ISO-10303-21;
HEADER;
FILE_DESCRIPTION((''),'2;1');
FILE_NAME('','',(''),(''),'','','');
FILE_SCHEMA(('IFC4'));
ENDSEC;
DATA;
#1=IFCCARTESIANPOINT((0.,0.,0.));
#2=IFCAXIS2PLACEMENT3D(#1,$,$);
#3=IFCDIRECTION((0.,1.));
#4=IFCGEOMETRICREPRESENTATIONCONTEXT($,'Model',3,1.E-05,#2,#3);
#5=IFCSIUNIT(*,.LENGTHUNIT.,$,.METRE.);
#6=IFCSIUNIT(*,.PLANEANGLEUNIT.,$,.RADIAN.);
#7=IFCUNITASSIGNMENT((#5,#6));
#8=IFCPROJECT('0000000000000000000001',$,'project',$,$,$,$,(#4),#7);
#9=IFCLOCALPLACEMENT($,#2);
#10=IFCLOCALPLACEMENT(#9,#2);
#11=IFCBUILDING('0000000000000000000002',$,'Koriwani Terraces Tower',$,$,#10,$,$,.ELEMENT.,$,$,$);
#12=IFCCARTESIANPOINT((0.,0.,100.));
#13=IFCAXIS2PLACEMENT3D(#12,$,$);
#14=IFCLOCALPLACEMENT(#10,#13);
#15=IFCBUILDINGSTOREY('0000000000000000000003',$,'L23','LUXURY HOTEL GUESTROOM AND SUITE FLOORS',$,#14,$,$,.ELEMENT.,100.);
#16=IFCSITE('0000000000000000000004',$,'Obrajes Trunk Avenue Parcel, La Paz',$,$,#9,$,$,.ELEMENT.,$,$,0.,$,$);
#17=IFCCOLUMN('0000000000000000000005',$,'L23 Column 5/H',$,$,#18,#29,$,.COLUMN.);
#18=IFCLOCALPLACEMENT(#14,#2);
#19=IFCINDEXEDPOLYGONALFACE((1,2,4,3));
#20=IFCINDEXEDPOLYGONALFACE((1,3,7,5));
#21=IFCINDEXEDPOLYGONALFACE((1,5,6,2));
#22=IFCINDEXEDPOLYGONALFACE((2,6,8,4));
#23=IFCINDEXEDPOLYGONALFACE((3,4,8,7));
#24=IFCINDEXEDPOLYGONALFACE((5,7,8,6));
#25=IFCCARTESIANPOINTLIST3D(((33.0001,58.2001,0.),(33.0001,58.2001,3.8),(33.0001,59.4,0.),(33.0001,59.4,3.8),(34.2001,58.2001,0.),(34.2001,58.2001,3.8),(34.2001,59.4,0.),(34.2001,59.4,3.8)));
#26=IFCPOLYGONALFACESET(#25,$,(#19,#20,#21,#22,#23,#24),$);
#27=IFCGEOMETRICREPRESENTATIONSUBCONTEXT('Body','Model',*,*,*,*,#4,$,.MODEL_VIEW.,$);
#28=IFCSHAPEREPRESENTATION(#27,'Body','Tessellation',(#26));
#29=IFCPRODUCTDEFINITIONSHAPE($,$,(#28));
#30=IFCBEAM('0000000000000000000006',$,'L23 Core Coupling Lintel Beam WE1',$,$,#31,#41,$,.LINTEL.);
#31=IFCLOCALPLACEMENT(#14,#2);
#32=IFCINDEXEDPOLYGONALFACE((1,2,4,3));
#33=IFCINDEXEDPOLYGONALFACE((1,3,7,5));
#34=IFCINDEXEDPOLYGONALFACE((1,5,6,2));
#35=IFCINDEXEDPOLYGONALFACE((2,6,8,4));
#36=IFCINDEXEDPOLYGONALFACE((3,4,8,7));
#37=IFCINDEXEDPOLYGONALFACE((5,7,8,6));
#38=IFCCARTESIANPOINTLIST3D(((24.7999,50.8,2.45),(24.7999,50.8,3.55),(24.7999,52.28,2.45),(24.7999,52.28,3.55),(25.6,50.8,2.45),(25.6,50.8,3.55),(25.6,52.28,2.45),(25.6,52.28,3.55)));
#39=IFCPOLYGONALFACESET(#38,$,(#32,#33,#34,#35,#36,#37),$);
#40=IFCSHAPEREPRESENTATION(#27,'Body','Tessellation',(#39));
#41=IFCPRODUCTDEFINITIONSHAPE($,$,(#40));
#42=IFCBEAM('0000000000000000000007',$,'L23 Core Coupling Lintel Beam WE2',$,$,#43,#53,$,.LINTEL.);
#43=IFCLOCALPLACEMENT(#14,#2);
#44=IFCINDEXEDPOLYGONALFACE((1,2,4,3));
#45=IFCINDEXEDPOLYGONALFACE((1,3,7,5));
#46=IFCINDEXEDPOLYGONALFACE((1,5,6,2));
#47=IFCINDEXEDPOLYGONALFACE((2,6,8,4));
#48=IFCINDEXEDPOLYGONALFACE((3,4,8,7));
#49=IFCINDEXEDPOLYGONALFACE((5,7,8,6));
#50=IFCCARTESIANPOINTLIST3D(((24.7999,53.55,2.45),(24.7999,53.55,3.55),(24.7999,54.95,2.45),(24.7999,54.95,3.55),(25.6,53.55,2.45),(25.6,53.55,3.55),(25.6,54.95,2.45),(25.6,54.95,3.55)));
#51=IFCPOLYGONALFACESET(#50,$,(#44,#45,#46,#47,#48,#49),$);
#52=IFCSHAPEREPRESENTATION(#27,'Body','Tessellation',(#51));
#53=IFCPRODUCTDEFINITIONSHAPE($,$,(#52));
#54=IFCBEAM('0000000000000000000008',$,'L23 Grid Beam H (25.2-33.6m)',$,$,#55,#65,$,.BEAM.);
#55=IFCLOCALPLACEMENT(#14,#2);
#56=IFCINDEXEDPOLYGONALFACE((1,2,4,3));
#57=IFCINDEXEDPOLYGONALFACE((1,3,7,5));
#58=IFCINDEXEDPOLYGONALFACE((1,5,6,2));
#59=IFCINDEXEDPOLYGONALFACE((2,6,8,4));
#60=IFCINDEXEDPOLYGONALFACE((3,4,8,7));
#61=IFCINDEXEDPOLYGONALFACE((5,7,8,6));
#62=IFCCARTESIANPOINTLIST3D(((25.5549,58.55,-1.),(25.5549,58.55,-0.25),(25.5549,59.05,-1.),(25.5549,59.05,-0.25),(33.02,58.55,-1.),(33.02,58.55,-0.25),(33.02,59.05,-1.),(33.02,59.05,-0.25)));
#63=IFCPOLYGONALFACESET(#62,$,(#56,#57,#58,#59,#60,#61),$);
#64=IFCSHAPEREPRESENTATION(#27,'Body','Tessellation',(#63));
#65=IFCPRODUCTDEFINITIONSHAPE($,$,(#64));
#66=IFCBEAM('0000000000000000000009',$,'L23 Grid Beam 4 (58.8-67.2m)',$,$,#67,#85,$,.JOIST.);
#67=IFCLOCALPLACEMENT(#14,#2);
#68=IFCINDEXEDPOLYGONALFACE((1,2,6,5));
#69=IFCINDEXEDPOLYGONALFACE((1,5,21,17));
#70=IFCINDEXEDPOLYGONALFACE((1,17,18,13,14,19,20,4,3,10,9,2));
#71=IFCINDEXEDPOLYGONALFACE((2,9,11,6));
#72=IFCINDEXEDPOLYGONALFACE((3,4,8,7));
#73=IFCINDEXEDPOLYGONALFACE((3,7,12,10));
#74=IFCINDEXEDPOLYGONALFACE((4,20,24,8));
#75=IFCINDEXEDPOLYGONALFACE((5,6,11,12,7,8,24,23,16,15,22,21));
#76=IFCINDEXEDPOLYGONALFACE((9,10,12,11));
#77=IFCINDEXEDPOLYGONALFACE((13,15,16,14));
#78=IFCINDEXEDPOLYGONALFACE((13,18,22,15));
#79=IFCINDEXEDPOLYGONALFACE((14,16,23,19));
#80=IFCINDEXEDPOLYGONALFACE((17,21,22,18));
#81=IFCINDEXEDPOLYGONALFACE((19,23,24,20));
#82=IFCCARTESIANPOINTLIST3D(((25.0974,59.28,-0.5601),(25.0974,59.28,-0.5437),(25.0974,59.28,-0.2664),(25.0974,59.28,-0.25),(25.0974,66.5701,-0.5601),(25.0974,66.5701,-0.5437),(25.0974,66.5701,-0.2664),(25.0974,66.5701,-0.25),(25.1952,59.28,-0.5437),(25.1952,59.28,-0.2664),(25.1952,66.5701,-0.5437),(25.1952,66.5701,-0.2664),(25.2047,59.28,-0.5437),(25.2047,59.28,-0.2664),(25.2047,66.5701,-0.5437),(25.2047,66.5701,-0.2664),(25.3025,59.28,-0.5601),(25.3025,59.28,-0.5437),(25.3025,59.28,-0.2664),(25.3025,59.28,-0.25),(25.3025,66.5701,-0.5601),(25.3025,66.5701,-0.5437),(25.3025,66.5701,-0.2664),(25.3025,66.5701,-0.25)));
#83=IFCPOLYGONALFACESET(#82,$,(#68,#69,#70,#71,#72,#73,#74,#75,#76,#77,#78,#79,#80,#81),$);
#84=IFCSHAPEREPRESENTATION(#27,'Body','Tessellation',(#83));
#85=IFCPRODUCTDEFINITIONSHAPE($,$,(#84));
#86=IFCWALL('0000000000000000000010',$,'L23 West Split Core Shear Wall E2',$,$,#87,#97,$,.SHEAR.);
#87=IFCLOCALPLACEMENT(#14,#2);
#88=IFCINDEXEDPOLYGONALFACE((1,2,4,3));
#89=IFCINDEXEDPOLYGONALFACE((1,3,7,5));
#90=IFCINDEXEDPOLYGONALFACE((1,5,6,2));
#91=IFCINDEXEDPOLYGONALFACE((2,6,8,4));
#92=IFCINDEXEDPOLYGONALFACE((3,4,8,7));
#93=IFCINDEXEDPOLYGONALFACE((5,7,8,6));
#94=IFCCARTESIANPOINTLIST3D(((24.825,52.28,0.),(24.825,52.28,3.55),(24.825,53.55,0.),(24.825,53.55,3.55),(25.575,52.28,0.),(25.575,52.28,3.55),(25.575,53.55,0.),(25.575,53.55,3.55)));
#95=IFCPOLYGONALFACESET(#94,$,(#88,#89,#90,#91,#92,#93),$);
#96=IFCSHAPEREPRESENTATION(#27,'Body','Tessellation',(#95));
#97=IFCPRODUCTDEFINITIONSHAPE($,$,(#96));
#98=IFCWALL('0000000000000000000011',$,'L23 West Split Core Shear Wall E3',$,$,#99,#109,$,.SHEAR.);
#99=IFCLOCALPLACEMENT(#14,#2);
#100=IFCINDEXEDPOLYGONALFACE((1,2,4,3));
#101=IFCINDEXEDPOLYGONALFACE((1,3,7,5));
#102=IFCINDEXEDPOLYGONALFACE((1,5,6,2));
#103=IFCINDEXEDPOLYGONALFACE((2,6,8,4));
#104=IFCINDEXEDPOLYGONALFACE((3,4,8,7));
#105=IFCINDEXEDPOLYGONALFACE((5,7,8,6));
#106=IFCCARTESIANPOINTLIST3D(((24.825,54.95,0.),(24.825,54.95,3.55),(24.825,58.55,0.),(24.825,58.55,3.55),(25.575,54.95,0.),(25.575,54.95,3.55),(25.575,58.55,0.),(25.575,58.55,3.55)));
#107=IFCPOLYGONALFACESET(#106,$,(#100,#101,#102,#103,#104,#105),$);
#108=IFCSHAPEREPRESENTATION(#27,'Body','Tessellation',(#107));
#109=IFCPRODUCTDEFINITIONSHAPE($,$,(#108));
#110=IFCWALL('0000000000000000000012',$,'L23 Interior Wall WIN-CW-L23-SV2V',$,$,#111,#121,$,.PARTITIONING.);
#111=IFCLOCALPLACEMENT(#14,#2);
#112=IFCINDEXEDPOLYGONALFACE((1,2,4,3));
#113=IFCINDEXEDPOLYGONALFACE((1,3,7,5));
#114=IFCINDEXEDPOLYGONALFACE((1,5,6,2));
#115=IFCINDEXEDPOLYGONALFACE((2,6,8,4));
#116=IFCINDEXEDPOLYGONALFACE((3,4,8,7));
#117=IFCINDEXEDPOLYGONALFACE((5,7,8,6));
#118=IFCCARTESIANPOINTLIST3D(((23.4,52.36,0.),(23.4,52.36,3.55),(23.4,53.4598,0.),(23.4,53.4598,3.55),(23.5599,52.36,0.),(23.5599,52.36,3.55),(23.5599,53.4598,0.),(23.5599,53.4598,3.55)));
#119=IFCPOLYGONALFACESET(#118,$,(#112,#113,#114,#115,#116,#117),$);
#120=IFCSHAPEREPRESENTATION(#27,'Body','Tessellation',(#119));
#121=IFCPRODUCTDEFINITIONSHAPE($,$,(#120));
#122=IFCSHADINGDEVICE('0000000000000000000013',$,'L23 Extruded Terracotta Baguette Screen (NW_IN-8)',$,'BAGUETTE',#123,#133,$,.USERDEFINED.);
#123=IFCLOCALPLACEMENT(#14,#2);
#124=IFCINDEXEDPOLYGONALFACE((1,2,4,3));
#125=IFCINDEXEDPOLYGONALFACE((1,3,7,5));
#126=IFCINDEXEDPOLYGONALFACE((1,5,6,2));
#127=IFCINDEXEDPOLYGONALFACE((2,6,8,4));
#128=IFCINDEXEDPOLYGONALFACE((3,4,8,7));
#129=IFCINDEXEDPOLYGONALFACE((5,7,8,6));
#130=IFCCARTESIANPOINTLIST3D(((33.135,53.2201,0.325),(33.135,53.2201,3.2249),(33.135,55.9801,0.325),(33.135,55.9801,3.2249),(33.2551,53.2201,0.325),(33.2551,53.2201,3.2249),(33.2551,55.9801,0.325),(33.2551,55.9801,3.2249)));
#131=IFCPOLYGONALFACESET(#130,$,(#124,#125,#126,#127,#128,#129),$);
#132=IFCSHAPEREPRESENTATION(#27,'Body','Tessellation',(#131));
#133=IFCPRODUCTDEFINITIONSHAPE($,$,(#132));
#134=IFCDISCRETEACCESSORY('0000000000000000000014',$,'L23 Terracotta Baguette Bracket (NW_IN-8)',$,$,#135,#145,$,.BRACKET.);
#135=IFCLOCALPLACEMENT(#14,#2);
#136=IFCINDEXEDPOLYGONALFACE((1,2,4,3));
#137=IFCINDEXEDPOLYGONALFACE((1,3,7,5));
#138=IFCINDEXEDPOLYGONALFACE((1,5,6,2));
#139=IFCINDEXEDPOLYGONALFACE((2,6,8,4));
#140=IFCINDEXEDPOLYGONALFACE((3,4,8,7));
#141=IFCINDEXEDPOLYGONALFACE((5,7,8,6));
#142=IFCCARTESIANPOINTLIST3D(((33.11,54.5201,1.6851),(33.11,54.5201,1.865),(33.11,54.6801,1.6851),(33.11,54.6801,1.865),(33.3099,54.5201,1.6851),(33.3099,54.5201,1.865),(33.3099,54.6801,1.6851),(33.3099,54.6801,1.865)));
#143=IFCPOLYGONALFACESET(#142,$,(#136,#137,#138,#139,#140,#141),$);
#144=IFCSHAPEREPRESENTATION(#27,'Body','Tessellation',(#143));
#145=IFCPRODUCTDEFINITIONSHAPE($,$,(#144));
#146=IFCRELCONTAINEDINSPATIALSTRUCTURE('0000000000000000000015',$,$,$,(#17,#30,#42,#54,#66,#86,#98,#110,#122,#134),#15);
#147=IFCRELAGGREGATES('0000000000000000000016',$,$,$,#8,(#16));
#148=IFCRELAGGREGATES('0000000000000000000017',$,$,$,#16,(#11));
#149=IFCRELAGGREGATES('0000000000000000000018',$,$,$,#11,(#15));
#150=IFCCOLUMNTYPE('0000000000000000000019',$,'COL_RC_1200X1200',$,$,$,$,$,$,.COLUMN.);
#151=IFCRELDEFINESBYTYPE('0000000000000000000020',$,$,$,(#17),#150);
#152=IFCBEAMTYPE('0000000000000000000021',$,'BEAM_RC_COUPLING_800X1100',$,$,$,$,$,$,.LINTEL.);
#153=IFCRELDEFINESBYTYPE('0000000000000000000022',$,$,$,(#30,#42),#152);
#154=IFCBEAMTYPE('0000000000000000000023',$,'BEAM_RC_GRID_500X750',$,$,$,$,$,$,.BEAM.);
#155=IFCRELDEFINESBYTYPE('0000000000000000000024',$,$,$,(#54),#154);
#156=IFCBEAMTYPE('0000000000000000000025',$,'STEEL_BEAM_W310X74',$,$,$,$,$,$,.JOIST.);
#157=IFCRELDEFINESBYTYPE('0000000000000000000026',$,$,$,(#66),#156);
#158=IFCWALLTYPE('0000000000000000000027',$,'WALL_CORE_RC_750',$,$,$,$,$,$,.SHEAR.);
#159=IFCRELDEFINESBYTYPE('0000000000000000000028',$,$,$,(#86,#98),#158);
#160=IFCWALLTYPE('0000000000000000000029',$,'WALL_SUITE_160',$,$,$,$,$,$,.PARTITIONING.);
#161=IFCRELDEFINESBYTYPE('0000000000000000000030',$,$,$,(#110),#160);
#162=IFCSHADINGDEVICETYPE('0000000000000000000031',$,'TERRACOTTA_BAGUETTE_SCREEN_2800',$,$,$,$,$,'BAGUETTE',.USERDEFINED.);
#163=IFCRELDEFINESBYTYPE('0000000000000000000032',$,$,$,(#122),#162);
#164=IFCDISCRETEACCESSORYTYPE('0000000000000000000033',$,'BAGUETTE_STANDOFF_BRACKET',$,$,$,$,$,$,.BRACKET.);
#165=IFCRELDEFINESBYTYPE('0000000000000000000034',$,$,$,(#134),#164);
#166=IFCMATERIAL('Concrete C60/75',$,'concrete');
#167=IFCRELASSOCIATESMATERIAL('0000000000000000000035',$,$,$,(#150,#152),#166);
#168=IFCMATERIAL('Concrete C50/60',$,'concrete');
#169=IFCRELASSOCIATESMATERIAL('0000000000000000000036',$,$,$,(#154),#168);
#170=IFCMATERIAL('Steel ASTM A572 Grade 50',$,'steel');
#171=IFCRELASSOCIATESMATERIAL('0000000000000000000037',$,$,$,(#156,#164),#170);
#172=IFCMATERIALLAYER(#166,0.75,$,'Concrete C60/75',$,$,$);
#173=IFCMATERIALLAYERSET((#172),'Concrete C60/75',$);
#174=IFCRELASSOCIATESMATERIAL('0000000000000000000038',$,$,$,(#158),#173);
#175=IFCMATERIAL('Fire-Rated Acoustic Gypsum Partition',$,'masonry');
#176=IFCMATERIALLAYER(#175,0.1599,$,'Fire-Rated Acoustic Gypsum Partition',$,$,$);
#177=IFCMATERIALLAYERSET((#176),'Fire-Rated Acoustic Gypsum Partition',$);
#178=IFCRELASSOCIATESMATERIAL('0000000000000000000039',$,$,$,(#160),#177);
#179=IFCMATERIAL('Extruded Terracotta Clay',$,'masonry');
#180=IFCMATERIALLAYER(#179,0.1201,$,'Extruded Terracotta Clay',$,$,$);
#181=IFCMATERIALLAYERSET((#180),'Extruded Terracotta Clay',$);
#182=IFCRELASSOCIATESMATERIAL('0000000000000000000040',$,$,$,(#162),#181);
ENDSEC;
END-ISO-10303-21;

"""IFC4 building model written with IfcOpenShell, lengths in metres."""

from ifc_helpers import new_model, si_unit, direction, frame, frame_2d, origin, origin_2d, place, context, subcontext, project, spatial, rectangle, i_section, extrude, material, layer, layer_set, material_profile, profile_set, type_object, element, save


model = new_model("IFC4")

# Units and contexts
model_context = context("Model", 3, precision=1e-05, world=origin(), true_north=direction((0.0, 1.0)))
body_context = subcontext(model_context, "Body", "Model", "MODEL_VIEW")
ifc_project = project(units=[si_unit("LENGTHUNIT", "METRE"), si_unit("PLANEANGLEUNIT", "RADIAN")], contexts=[model_context])

# Site, building, storey
site_placement = place(None, origin())
site = spatial("IfcSite", under=ifc_project, at=site_placement, Name="Obrajes Trunk Avenue Parcel, La Paz", CompositionType="ELEMENT", RefElevation=0.0)
building_placement = place(site_placement, origin())
building = spatial("IfcBuilding", under=site, at=building_placement, Name="Koriwani Terraces Tower", CompositionType="ELEMENT")
storey_placement = place(building_placement, frame((0.0, 0.0, 100.0)))
storey = spatial("IfcBuildingStorey", under=building, at=storey_placement, Name="L23", Description="LUXURY HOTEL GUESTROOM AND SUITE FLOORS", CompositionType="ELEMENT", Elevation=100.0)

# Column
ifc_material_1 = material(Name="Concrete C60/75", Category="concrete")
ifc_material_profile_1 = material_profile(ifc_material_1, rectangle(XDim=1.2, YDim=1.2, at=origin_2d()), Name="Concrete C60/75", Category="LoadBearing")
ifc_profile_set_1 = profile_set([ifc_material_profile_1], Name="Concrete C60/75")
column_type = type_object("IfcColumnType", Name="COL_RC_1200X1200", PredefinedType="COLUMN", material=ifc_profile_set_1)
column_placement = place(storey_placement, frame((33.6001, 58.8, 0.0), z_axis=(0.0, 0.0, 1.0), x_axis=(1.0, 0.0, 0.0)))
element("IfcColumn", 1, at=column_placement, inside=storey, type_object=column_type, Name="L23 Column 5/H", PredefinedType="COLUMN", context=body_context, shape_type="SweptSolid", body=[
    extrude(rectangle(XDim=1.2, YDim=1.2, at=origin_2d()), origin(), (0.0, 0.0, 1.0), 3.8),
])

# Beams
ifc_material_profile_2 = material_profile(ifc_material_1, rectangle(XDim=0.8, YDim=1.1001, at=origin_2d()), Name="Concrete C60/75", Category="LoadBearing")
ifc_profile_set_2 = profile_set([ifc_material_profile_2], Name="Concrete C60/75")
beam_type_1 = type_object("IfcBeamType", Name="BEAM_RC_COUPLING_800X1100", PredefinedType="LINTEL", material=ifc_profile_set_2)
beam_1_placement = place(storey_placement, frame((25.2, 50.8, 3.0), z_axis=(0.0, 1.0, 0.0), x_axis=(-1.0, 0.0, 0.0)))
element("IfcBeam", 2, at=beam_1_placement, inside=storey, type_object=beam_type_1, Name="L23 Core Coupling Lintel Beam WE1", PredefinedType="LINTEL", context=body_context, shape_type="SweptSolid", body=[
    extrude(rectangle(XDim=0.8, YDim=1.1001, at=origin_2d()), origin(), (0.0, 0.0, 1.0), 1.48),
])
beam_2_placement = place(storey_placement, frame((25.2, 53.55, 3.0), z_axis=(0.0, 1.0, 0.0), x_axis=(-1.0, 0.0, 0.0)))
element("IfcBeam", 3, at=beam_2_placement, inside=storey, type_object=beam_type_1, Name="L23 Core Coupling Lintel Beam WE2", PredefinedType="LINTEL", context=body_context, shape_type="SweptSolid", body=[
    extrude(rectangle(XDim=0.8, YDim=1.1001, at=origin_2d()), origin(), (0.0, 0.0, 1.0), 1.3999),
])
ifc_material_2 = material(Name="Concrete C50/60", Category="concrete")
ifc_material_profile_3 = material_profile(ifc_material_2, rectangle(XDim=0.5, YDim=0.75, at=origin_2d()), Name="Concrete C50/60", Category="LoadBearing")
ifc_profile_set_3 = profile_set([ifc_material_profile_3], Name="Concrete C50/60")
beam_type_2 = type_object("IfcBeamType", Name="BEAM_RC_GRID_500X750", PredefinedType="BEAM", material=ifc_profile_set_3)
beam_3_placement = place(storey_placement, frame((25.5549, 58.8, -0.625), z_axis=(1.0, 0.0, 0.0), x_axis=(0.0, 1.0, 0.0)))
element("IfcBeam", 4, at=beam_3_placement, inside=storey, type_object=beam_type_2, Name="L23 Grid Beam H (25.2-33.6m)", PredefinedType="BEAM", context=body_context, shape_type="SweptSolid", body=[
    extrude(rectangle(XDim=0.5, YDim=0.75, at=origin_2d()), origin(), (0.0, 0.0, 1.0), 7.4651),
])
ifc_material_3 = material(Name="Steel ASTM A572 Grade 50", Category="steel")
ifc_material_profile_4 = material_profile(ifc_material_3, i_section(OverallWidth=0.2051, OverallDepth=0.3101, WebThickness=0.0095, FlangeThickness=0.0164, at=origin_2d()), Name="Steel ASTM A572 Grade 50", Category="LoadBearing")
ifc_profile_set_4 = profile_set([ifc_material_profile_4], Name="Steel ASTM A572 Grade 50")
beam_type_3 = type_object("IfcBeamType", Name="STEEL_BEAM_W310X74", PredefinedType="JOIST", material=ifc_profile_set_4)
beam_4_placement = place(storey_placement, frame((25.2, 59.28, -0.405), z_axis=(0.0, 1.0, 0.0), x_axis=(-1.0, 0.0, 0.0)))
element("IfcBeam", 5, at=beam_4_placement, inside=storey, type_object=beam_type_3, Name="L23 Grid Beam 4 (58.8-67.2m)", PredefinedType="JOIST", context=body_context, shape_type="SweptSolid", body=[
    extrude(i_section(OverallWidth=0.2051, OverallDepth=0.3101, WebThickness=0.0095, FlangeThickness=0.0164, at=origin_2d()), origin(), (0.0, 0.0, 1.0), 7.29),
])

# Walls
ifc_layer_1 = layer(ifc_material_1, 0.75, Name="Concrete C60/75")
ifc_layer_set_1 = layer_set([ifc_layer_1], Name="Concrete C60/75")
wall_type_1 = type_object("IfcWallType", Name="WALL_CORE_RC_750", PredefinedType="SHEAR", material=ifc_layer_set_1)
wall_1_placement = place(storey_placement, frame((25.2, 52.28, 0.0), z_axis=(0.0, 0.0, 1.0), x_axis=(0.0, 1.0, 0.0)))
element("IfcWall", 6, at=wall_1_placement, inside=storey, type_object=wall_type_1, Name="L23 West Split Core Shear Wall E2", PredefinedType="SHEAR", context=body_context, shape_type="SweptSolid", body=[
    extrude(rectangle(XDim=1.27, YDim=0.75, at=frame_2d((0.635, 0.0))), origin(), (0.0, 0.0, 1.0), 3.55),
])
wall_2_placement = place(storey_placement, frame((25.2, 54.95, 0.0), z_axis=(0.0, 0.0, 1.0), x_axis=(0.0, 1.0, 0.0)))
element("IfcWall", 7, at=wall_2_placement, inside=storey, type_object=wall_type_1, Name="L23 West Split Core Shear Wall E3", PredefinedType="SHEAR", context=body_context, shape_type="SweptSolid", body=[
    extrude(rectangle(XDim=3.6001, YDim=0.75, at=frame_2d((1.8, 0.0))), origin(), (0.0, 0.0, 1.0), 3.55),
])

# Wall
ifc_material_4 = material(Name="Fire-Rated Acoustic Gypsum Partition", Category="masonry")
ifc_layer_2 = layer(ifc_material_4, 0.1599, Name="Fire-Rated Acoustic Gypsum Partition")
ifc_layer_set_2 = layer_set([ifc_layer_2], Name="Fire-Rated Acoustic Gypsum Partition")
wall_type_2 = type_object("IfcWallType", Name="WALL_SUITE_160", PredefinedType="PARTITIONING", material=ifc_layer_set_2)
wall_3_placement = place(storey_placement, frame((23.48, 52.3601, 0.0), z_axis=(0.0, 0.0, 1.0), x_axis=(0.0, 1.0, 0.0)))
element("IfcWall", 8, at=wall_3_placement, inside=storey, type_object=wall_type_2, Name="L23 Interior Wall WIN-CW-L23-SV2V", PredefinedType="PARTITIONING", context=body_context, shape_type="SweptSolid", body=[
    extrude(rectangle(XDim=1.0999, YDim=0.1599, at=frame_2d((0.5498, 0.0))), origin(), (0.0, 0.0, 1.0), 3.55),
])

# Shading device
ifc_material_5 = material(Name="Extruded Terracotta Clay", Category="masonry")
ifc_layer_3 = layer(ifc_material_5, 0.1201, Name="Extruded Terracotta Clay")
ifc_layer_set_3 = layer_set([ifc_layer_3], Name="Extruded Terracotta Clay")
shading_device_type = type_object("IfcShadingDeviceType", Name="TERRACOTTA_BAGUETTE_SCREEN_2800", ElementType="BAGUETTE", PredefinedType="USERDEFINED", material=ifc_layer_set_3)
shading_device_placement = place(storey_placement, frame((33.1951, 54.6001, 0.325), z_axis=(0.0, 0.0, 1.0), x_axis=(0.0, -1.0, 0.0)))
element("IfcShadingDevice", 9, at=shading_device_placement, inside=storey, type_object=shading_device_type, Name="L23 Extruded Terracotta Baguette Screen (NW_IN-8)", ObjectType="BAGUETTE", PredefinedType="USERDEFINED", context=body_context, shape_type="SweptSolid", body=[
    extrude(rectangle(XDim=2.76, YDim=0.1201, at=origin_2d()), origin(), (0.0, 0.0, 1.0), 2.8999),
])

# Discrete accessory
discrete_accessory_type = type_object("IfcDiscreteAccessoryType", Name="BAGUETTE_STANDOFF_BRACKET", PredefinedType="BRACKET", material=ifc_material_3)
discrete_accessory_placement = place(storey_placement, frame((33.21, 54.6001, 1.6851), z_axis=(0.0, 0.0, 1.0), x_axis=(0.0, -1.0, 0.0)))
element("IfcDiscreteAccessory", 10, at=discrete_accessory_placement, inside=storey, type_object=discrete_accessory_type, Name="L23 Terracotta Baguette Bracket (NW_IN-8)", PredefinedType="BRACKET", context=body_context, shape_type="SweptSolid", body=[
    extrude(rectangle(XDim=0.1599, YDim=0.2, at=origin_2d()), origin(), (0.0, 0.0, 1.0), 0.1799),
])

save(model, "model.ifc")
